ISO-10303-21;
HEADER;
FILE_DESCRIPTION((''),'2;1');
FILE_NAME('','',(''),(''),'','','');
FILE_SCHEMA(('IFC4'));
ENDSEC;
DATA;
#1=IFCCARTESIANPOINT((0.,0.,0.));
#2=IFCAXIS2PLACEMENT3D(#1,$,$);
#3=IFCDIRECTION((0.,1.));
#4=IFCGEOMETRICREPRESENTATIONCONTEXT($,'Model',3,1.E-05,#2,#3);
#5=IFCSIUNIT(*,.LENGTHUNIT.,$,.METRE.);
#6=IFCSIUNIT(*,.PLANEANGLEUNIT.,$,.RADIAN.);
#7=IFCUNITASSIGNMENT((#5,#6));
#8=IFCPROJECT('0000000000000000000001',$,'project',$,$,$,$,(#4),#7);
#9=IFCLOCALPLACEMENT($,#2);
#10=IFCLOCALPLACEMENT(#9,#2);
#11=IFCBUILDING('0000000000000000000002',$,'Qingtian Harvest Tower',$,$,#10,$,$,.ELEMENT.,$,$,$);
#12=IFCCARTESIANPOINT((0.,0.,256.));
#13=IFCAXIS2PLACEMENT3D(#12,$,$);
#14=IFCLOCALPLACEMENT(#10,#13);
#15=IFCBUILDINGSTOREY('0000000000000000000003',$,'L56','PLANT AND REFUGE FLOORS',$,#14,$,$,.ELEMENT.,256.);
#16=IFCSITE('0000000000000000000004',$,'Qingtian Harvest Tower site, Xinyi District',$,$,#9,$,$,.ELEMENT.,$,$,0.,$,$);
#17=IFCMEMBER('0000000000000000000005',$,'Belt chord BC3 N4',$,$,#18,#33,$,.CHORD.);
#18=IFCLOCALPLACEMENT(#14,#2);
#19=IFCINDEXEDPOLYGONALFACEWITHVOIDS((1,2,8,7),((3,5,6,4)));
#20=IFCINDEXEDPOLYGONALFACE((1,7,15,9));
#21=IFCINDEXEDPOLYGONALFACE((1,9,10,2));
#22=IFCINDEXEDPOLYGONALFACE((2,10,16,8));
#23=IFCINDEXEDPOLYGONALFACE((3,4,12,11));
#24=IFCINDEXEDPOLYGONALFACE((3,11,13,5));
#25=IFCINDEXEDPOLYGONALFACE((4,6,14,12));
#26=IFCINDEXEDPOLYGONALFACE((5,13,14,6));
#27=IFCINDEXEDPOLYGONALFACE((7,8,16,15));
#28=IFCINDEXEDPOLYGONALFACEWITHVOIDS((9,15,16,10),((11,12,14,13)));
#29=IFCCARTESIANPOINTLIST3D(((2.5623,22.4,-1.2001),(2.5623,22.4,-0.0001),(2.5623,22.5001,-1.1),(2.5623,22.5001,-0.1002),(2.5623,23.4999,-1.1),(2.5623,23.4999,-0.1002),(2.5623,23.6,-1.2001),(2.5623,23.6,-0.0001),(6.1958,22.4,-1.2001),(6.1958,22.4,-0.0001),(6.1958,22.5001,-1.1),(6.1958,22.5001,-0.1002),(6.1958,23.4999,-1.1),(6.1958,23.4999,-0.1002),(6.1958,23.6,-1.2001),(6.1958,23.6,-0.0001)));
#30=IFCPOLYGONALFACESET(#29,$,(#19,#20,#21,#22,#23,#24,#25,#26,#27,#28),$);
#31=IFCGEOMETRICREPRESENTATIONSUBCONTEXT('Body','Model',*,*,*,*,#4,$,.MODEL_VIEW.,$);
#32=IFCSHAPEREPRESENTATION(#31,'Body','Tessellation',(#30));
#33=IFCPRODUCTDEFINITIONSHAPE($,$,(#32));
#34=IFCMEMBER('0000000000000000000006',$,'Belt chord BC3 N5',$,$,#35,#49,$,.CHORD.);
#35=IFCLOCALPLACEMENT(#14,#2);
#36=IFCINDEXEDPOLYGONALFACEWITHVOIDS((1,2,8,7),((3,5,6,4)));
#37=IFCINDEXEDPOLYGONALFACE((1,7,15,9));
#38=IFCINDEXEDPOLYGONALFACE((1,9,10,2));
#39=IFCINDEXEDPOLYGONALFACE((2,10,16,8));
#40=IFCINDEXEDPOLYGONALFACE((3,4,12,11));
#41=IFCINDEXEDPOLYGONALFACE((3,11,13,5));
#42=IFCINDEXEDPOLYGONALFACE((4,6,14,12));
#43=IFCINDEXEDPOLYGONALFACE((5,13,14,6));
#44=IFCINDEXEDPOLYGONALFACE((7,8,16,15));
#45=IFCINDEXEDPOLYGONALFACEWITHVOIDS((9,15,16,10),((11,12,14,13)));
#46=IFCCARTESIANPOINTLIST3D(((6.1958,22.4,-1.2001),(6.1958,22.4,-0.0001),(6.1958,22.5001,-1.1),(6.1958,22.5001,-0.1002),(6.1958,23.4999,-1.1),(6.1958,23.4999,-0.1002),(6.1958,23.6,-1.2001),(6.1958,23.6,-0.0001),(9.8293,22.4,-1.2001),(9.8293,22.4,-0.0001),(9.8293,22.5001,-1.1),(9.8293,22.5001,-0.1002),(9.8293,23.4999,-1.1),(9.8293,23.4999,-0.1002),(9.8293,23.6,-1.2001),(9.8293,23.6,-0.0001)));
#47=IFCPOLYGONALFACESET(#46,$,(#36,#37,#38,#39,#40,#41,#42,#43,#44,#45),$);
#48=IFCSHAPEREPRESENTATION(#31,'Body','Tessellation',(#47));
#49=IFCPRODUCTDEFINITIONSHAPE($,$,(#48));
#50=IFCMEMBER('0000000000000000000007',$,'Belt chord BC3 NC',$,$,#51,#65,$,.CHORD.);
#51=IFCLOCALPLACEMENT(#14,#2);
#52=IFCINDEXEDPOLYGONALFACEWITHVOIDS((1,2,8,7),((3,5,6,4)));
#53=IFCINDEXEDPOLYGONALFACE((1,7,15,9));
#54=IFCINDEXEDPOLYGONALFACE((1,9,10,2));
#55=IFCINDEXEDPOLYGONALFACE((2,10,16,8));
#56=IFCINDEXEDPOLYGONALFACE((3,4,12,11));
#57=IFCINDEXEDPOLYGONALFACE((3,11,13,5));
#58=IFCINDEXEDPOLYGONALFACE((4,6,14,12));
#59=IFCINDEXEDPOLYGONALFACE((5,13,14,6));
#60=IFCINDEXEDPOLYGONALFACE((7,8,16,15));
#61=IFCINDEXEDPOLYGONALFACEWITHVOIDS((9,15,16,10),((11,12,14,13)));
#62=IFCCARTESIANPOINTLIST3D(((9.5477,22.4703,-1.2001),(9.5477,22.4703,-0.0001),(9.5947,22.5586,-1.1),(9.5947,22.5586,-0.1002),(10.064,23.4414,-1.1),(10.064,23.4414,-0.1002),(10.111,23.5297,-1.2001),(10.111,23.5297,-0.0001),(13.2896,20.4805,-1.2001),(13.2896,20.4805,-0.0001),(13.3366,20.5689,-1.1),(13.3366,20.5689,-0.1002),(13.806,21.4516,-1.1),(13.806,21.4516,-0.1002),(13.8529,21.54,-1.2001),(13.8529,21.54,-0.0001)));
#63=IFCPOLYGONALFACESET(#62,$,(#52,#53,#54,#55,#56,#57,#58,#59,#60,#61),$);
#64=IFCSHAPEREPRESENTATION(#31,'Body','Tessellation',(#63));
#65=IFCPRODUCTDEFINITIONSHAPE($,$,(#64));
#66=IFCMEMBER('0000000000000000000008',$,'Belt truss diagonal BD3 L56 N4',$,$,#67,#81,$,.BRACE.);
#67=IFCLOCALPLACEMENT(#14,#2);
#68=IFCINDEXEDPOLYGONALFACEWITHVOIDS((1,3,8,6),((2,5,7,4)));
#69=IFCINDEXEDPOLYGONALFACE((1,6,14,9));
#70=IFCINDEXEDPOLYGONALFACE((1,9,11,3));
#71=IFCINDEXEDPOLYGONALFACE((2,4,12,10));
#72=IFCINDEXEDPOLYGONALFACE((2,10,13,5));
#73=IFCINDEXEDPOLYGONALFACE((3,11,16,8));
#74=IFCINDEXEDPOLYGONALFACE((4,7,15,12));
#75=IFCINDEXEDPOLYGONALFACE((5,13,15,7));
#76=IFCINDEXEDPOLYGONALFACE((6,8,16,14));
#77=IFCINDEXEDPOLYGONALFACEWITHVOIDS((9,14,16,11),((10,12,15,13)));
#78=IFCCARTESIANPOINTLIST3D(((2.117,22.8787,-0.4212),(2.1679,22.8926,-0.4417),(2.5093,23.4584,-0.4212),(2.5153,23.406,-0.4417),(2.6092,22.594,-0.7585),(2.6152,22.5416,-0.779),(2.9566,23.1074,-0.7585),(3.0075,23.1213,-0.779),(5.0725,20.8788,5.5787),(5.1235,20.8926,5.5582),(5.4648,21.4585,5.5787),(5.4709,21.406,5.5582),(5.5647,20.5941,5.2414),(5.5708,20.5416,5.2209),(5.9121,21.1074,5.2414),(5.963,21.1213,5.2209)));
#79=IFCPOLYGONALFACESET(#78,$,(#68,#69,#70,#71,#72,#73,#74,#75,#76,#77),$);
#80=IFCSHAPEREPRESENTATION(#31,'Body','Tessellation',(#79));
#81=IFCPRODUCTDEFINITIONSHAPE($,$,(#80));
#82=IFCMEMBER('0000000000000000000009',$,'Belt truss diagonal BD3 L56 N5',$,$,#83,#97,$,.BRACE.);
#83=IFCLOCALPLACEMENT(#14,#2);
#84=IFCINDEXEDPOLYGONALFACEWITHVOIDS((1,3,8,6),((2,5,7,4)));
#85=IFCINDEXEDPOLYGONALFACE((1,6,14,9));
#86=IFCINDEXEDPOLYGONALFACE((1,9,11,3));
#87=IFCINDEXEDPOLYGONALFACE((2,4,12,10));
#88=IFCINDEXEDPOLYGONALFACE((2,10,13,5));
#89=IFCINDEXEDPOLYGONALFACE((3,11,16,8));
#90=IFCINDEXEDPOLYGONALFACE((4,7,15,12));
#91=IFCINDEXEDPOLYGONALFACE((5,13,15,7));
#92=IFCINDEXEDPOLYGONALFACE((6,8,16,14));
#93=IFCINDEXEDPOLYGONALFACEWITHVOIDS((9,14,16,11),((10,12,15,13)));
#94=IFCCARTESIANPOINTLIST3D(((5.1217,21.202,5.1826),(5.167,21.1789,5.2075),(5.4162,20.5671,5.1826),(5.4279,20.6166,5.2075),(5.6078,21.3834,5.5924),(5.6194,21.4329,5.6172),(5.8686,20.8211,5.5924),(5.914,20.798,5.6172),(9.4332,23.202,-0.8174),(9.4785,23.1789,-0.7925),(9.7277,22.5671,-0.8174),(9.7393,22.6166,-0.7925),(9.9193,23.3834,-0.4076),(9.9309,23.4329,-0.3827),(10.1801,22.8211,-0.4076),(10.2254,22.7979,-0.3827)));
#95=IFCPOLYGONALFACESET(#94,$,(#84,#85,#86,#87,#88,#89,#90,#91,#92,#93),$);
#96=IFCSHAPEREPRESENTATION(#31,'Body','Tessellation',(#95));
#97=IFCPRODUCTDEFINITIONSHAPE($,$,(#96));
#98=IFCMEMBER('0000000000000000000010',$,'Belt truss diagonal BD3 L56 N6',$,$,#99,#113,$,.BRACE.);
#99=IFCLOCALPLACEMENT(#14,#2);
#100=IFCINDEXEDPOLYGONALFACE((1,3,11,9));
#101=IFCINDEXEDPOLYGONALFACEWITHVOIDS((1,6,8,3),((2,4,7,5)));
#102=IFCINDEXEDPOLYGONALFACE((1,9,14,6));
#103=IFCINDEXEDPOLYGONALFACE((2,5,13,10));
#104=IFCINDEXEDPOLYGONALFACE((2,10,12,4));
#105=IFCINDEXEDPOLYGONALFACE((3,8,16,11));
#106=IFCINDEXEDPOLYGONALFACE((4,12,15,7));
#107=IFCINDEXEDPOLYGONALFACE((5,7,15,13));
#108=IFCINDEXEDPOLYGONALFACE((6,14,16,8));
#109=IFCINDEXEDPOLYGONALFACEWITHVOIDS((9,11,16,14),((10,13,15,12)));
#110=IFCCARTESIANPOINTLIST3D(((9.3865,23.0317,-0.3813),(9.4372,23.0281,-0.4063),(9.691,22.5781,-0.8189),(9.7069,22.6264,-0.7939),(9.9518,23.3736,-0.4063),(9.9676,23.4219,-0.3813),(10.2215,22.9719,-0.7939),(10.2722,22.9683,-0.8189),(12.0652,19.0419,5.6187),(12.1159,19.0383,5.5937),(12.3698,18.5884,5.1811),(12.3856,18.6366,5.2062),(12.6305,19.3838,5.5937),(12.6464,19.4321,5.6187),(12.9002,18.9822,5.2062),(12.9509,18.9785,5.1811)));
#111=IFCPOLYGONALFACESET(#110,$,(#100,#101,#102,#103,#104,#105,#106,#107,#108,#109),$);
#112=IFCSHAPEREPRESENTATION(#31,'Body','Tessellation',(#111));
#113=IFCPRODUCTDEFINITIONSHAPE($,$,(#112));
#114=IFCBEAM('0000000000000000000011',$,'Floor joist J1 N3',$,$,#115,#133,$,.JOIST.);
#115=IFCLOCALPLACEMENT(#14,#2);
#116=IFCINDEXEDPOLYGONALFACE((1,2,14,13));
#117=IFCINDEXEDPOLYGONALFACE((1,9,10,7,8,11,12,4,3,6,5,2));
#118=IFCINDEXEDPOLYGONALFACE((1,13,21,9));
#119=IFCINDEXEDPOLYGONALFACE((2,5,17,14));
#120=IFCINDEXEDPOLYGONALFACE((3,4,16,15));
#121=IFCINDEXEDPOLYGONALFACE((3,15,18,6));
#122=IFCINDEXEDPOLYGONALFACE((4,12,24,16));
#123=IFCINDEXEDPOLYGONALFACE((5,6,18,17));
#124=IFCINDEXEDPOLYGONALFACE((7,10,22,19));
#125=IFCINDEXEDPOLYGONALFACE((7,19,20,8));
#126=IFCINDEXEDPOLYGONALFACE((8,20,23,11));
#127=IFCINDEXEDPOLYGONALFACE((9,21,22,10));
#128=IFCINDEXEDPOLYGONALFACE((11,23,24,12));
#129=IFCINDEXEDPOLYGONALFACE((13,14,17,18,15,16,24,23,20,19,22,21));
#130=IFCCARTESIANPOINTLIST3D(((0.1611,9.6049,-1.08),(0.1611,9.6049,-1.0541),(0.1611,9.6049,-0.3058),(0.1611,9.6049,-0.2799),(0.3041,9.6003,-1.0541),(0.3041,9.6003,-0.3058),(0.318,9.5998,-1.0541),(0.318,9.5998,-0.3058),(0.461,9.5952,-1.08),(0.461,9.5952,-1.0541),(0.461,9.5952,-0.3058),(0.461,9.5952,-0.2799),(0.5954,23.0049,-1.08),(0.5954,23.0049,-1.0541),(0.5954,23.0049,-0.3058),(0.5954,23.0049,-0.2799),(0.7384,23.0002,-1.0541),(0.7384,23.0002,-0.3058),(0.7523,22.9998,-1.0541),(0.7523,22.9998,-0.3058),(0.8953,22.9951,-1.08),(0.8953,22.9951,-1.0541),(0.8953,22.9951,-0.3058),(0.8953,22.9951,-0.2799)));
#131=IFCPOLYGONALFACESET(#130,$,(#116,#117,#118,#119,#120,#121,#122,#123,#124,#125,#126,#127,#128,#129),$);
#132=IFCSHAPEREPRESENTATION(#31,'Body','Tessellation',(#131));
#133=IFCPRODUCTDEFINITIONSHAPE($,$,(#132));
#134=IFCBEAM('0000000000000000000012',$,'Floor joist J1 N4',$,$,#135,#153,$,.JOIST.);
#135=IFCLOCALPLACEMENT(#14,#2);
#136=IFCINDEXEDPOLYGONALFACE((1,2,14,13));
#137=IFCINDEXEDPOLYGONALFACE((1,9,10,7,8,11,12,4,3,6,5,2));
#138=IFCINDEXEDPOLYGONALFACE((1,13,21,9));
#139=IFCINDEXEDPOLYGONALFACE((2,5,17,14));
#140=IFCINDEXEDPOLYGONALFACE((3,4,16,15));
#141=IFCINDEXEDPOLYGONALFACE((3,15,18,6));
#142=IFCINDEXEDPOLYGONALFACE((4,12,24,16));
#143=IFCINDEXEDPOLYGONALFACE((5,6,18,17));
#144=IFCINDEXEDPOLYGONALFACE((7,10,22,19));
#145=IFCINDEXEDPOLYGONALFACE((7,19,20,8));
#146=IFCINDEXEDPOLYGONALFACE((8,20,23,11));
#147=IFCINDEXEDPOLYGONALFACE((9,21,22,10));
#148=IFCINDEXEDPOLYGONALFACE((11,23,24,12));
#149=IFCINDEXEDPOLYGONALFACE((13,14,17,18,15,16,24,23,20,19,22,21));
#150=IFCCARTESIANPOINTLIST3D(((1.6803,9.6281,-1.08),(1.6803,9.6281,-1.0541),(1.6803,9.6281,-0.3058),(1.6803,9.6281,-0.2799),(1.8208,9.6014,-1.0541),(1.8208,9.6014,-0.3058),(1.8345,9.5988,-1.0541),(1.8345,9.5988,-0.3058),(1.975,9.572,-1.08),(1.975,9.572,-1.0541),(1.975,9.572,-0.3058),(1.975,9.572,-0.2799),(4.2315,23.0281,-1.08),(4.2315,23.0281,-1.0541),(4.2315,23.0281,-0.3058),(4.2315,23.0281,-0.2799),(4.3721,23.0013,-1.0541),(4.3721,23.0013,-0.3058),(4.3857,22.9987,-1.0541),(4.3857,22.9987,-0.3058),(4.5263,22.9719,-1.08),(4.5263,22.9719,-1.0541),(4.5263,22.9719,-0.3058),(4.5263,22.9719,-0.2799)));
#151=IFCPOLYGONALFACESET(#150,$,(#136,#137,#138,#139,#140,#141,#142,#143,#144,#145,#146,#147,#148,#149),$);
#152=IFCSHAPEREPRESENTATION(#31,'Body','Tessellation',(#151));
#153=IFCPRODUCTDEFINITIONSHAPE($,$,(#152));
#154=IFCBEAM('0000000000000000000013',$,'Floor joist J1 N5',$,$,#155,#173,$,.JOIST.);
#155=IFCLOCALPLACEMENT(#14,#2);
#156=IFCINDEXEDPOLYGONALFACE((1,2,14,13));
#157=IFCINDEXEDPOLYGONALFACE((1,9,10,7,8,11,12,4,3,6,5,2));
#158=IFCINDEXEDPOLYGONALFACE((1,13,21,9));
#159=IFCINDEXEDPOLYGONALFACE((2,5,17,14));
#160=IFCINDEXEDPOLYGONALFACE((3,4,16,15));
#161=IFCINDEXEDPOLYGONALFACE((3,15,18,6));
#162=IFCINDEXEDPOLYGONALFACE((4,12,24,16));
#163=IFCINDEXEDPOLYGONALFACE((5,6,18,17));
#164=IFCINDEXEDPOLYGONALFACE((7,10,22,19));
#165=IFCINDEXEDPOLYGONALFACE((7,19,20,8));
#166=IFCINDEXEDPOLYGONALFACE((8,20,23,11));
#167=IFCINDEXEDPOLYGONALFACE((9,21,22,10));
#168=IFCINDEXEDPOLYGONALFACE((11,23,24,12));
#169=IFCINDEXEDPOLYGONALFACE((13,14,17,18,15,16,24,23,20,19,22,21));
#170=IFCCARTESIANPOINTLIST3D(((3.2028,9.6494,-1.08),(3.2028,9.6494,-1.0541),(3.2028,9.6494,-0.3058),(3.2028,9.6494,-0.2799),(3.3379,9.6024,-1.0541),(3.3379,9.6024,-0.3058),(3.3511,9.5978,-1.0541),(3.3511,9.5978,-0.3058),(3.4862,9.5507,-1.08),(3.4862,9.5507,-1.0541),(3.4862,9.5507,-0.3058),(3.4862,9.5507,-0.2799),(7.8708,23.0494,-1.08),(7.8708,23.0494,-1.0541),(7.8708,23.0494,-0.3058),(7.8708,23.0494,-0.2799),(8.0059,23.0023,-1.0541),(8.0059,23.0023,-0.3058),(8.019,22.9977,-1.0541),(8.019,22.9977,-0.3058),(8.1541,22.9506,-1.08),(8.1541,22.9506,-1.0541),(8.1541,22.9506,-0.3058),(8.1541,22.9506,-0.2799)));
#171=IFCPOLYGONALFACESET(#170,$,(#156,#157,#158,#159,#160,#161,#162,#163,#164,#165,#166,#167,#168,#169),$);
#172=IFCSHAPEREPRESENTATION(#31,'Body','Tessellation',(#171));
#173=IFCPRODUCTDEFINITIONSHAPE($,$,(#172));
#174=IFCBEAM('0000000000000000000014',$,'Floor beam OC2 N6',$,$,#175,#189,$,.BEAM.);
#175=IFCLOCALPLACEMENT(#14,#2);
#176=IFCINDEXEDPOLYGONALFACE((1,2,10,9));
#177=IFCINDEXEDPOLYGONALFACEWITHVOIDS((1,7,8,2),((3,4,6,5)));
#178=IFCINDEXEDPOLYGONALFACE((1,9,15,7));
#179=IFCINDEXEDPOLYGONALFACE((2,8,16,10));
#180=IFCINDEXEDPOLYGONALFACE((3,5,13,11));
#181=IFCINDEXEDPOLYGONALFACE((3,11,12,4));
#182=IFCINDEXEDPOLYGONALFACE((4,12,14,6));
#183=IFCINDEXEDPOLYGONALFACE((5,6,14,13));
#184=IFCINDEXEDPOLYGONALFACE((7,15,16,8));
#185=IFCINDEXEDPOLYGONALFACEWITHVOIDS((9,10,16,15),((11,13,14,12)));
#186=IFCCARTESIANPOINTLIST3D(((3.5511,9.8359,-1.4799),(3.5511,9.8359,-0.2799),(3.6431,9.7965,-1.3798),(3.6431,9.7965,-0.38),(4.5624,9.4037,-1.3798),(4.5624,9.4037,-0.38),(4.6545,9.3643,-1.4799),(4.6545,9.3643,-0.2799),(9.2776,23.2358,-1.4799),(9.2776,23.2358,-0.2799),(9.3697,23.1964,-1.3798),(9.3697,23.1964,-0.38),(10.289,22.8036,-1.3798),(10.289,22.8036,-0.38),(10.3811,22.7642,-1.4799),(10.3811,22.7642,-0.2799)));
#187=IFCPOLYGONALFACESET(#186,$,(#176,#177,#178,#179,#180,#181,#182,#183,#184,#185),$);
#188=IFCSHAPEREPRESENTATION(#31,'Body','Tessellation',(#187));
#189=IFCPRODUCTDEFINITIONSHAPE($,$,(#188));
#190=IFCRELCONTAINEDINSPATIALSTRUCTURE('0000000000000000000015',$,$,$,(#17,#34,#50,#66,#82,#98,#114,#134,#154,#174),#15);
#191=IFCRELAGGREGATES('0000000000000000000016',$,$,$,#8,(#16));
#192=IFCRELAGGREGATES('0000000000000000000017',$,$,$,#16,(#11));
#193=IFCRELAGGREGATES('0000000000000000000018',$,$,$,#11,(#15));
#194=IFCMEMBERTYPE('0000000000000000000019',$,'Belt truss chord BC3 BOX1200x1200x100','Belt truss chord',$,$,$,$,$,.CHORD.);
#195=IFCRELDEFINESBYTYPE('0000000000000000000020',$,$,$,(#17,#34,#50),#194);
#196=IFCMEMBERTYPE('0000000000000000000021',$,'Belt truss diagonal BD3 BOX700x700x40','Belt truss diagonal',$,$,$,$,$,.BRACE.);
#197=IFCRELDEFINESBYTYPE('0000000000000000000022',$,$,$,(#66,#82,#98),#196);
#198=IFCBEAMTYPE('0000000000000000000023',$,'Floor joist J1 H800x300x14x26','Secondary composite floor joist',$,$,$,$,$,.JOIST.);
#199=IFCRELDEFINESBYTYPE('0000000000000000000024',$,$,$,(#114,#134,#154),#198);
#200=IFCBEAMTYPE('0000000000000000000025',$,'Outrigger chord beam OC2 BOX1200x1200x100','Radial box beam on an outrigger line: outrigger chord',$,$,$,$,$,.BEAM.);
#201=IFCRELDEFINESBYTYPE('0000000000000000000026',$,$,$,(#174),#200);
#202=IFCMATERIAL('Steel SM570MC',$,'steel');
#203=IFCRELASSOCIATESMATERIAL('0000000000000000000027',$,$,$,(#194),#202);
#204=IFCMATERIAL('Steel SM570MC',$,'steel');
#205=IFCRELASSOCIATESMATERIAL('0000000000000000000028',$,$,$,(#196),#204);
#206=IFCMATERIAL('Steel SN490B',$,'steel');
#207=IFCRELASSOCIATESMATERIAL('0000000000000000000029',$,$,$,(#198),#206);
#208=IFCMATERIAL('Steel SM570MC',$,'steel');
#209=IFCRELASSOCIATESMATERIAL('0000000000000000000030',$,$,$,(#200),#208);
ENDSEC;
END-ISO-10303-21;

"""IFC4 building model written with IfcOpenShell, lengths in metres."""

from ifc_helpers import new_model, si_unit, direction, frame, origin, origin_2d, place, context, subcontext, project, spatial, hollow_rectangle, i_section, extrude, material, material_profile, profile_set, type_object, element, save


model = new_model("IFC4")

# Units and contexts
model_context = context("Model", 3, precision=1e-05, world=origin(), true_north=direction((0.0, 1.0)))
body_context = subcontext(model_context, "Body", "Model", "MODEL_VIEW")
ifc_project = project(units=[si_unit("LENGTHUNIT", "METRE"), si_unit("PLANEANGLEUNIT", "RADIAN")], contexts=[model_context])

# Site, building, storey
site_placement = place(None, origin())
site = spatial("IfcSite", under=ifc_project, at=site_placement, Name="Qingtian Harvest Tower site, Xinyi District", CompositionType="ELEMENT", RefElevation=0.0)
building_placement = place(site_placement, origin())
building = spatial("IfcBuilding", under=site, at=building_placement, Name="Qingtian Harvest Tower", CompositionType="ELEMENT")
storey_placement = place(building_placement, frame((0.0, 0.0, 256.0)))
storey = spatial("IfcBuildingStorey", under=building, at=storey_placement, Name="L56", Description="PLANT AND REFUGE FLOORS", CompositionType="ELEMENT", Elevation=256.0)

# Members
ifc_material_1 = material(Name="Steel SM570MC", Category="steel")
ifc_material_profile_1 = material_profile(ifc_material_1, hollow_rectangle(XDim=1.2, YDim=1.2, WallThickness=0.1001, at=origin_2d()), Name="BOX1200x1200x100")
ifc_profile_set_1 = profile_set([ifc_material_profile_1], Name="Steel SM570MC")
member_type_1 = type_object("IfcMemberType", Name="Belt truss chord BC3 BOX1200x1200x100", Description="Belt truss chord", PredefinedType="CHORD", material=ifc_profile_set_1)
for number, where, z_axis, x_axis, name in (
    (1, (2.5623, 23.0, -0.6001), (1.0, 0.0, 0.0), (0.0, 1.0, 0.0), "Belt chord BC3 N4"),
    (2, (6.1958, 23.0, -0.6001), (1.0, 0.0, 0.0), (0.0, 1.0, 0.0), "Belt chord BC3 N5"),
):
    element("IfcMember", number, at=place(storey_placement, frame(where, z_axis=z_axis, x_axis=x_axis)), inside=storey, type_object=member_type_1, Name=name, PredefinedType="CHORD", context=body_context, shape_type="SweptSolid", body=[
        extrude(hollow_rectangle(XDim=1.2, YDim=1.2, WallThickness=0.1001, at=origin_2d()), origin(), (0.0, 0.0, 1.0), 3.6335),
    ])
member_1_placement = place(storey_placement, frame((9.8293, 23.0, -0.6001), z_axis=(0.882936, -0.469494, 0.0), x_axis=(0.469494, 0.882936, 0.0)))
element("IfcMember", 3, at=member_1_placement, inside=storey, type_object=member_type_1, Name="Belt chord BC3 NC", PredefinedType="CHORD", context=body_context, shape_type="SweptSolid", body=[
    extrude(hollow_rectangle(XDim=1.2, YDim=1.2, WallThickness=0.1001, at=origin_2d()), origin(), (0.0, 0.0, 1.0), 4.238),
])
ifc_material_2 = material(Name="Steel SM570MC", Category="steel")
ifc_material_profile_2 = material_profile(ifc_material_2, hollow_rectangle(XDim=0.7, YDim=0.7, WallThickness=0.04, at=origin_2d()), Name="BOX700x700x40")
ifc_profile_set_2 = profile_set([ifc_material_profile_2], Name="Steel SM570MC")
member_type_2 = type_object("IfcMemberType", Name="Belt truss diagonal BD3 BOX700x700x40", Description="Belt truss diagonal", PredefinedType="BRACE", material=ifc_profile_set_2)
member_2_placement = place(storey_placement, frame((2.5623, 23.0, -0.6001), z_axis=(0.423369, -0.286489, 0.859467), x_axis=(0.560434, 0.828199, 0.0)))
element("IfcMember", 4, at=member_2_placement, inside=storey, type_object=member_type_2, Name="Belt truss diagonal BD3 L56 N4", PredefinedType="BRACE", context=body_context, shape_type="SweptSolid", body=[
    extrude(hollow_rectangle(XDim=0.7, YDim=0.7, WallThickness=0.04, at=origin_2d()), origin(), (0.0, 0.0, 1.0), 6.981),
])
member_3_placement = place(storey_placement, frame((5.5178, 21.0, 5.3999), z_axis=(0.563277, 0.261289, -0.783867), x_axis=(-0.420803, 0.907152, 0.0)))
element("IfcMember", 5, at=member_3_placement, inside=storey, type_object=member_type_2, Name="Belt truss diagonal BD3 L56 N5", PredefinedType="BRACE", context=body_context, shape_type="SweptSolid", body=[
    extrude(hollow_rectangle(XDim=0.7, YDim=0.7, WallThickness=0.04, at=origin_2d()), origin(), (0.0, 0.0, 1.0), 7.6543),
])
member_4_placement = place(storey_placement, frame((9.8293, 23.0, -0.6001), z_axis=(0.348462, -0.519009, 0.780515), x_axis=(0.830233, 0.557417, 0.0)))
element("IfcMember", 6, at=member_4_placement, inside=storey, type_object=member_type_2, Name="Belt truss diagonal BD3 L56 N6", PredefinedType="BRACE", context=body_context, shape_type="SweptSolid", body=[
    extrude(hollow_rectangle(XDim=0.7, YDim=0.7, WallThickness=0.04, at=origin_2d()), origin(), (0.0, 0.0, 1.0), 7.6873),
])

# Beams
ifc_material_3 = material(Name="Steel SN490B", Category="steel")
ifc_material_profile_3 = material_profile(ifc_material_3, i_section(OverallWidth=0.3, OverallDepth=0.8, WebThickness=0.0139, FlangeThickness=0.0259, at=origin_2d()), Name="H800x300x14x26")
ifc_profile_set_3 = profile_set([ifc_material_profile_3], Name="Steel SN490B")
beam_type_1 = type_object("IfcBeamType", Name="Floor joist J1 H800x300x14x26", Description="Secondary composite floor joist", PredefinedType="JOIST", material=ifc_profile_set_3)
beam_1_placement = place(storey_placement, frame((0.7454, 23.0, -0.6799), z_axis=(-0.032396, -0.999475, 0.0), x_axis=(0.999475, -0.032396, 0.0)))
element("IfcBeam", 7, at=beam_1_placement, inside=storey, type_object=beam_type_1, Name="Floor joist J1 N3", PredefinedType="JOIST", context=body_context, shape_type="SweptSolid", body=[
    extrude(i_section(OverallWidth=0.3, OverallDepth=0.8, WebThickness=0.0139, FlangeThickness=0.0259, at=origin_2d()), origin(), (0.0, 0.0, 1.0), 13.407),
])
beam_2_placement = place(storey_placement, frame((4.3789, 23.0, -0.6799), z_axis=(-0.187035, -0.982353, 0.0), x_axis=(0.982353, -0.187035, 0.0)))
element("IfcBeam", 8, at=beam_2_placement, inside=storey, type_object=beam_type_1, Name="Floor joist J1 N4", PredefinedType="JOIST", context=body_context, shape_type="SweptSolid", body=[
    extrude(i_section(OverallWidth=0.3, OverallDepth=0.8, WebThickness=0.0139, FlangeThickness=0.0259, at=origin_2d()), origin(), (0.0, 0.0, 1.0), 13.6406),
])
beam_3_placement = place(storey_placement, frame((8.0125, 23.0, -0.6799), z_axis=(-0.328969, -0.944341, 0.0), x_axis=(0.944341, -0.328969, 0.0)))
element("IfcBeam", 9, at=beam_3_placement, inside=storey, type_object=beam_type_1, Name="Floor joist J1 N5", PredefinedType="JOIST", context=body_context, shape_type="SweptSolid", body=[
    extrude(i_section(OverallWidth=0.3, OverallDepth=0.8, WebThickness=0.0139, FlangeThickness=0.0259, at=origin_2d()), origin(), (0.0, 0.0, 1.0), 14.1897),
])
ifc_material_4 = material(Name="Steel SM570MC", Category="steel")
ifc_material_profile_4 = material_profile(ifc_material_4, hollow_rectangle(XDim=1.2, YDim=1.2, WallThickness=0.1001, at=origin_2d()), Name="BOX1200x1200x100")
ifc_profile_set_4 = profile_set([ifc_material_profile_4], Name="Steel SM570MC")
beam_type_2 = type_object("IfcBeamType", Name="Outrigger chord beam OC2 BOX1200x1200x100", Description="Radial box beam on an outrigger line: outrigger chord", PredefinedType="BEAM", material=ifc_profile_set_4)
beam_4_placement = place(storey_placement, frame((9.8293, 23.0, -0.8799), z_axis=(-0.392977, -0.919548, 0.0), x_axis=(0.919548, -0.392977, 0.0)))
element("IfcBeam", 10, at=beam_4_placement, inside=storey, type_object=beam_type_2, Name="Floor beam OC2 N6", PredefinedType="BEAM", context=body_context, shape_type="SweptSolid", body=[
    extrude(hollow_rectangle(XDim=1.2, YDim=1.2, WallThickness=0.1001, at=origin_2d()), origin(), (0.0, 0.0, 1.0), 14.5723),
])

save(model, "model.ifc")
